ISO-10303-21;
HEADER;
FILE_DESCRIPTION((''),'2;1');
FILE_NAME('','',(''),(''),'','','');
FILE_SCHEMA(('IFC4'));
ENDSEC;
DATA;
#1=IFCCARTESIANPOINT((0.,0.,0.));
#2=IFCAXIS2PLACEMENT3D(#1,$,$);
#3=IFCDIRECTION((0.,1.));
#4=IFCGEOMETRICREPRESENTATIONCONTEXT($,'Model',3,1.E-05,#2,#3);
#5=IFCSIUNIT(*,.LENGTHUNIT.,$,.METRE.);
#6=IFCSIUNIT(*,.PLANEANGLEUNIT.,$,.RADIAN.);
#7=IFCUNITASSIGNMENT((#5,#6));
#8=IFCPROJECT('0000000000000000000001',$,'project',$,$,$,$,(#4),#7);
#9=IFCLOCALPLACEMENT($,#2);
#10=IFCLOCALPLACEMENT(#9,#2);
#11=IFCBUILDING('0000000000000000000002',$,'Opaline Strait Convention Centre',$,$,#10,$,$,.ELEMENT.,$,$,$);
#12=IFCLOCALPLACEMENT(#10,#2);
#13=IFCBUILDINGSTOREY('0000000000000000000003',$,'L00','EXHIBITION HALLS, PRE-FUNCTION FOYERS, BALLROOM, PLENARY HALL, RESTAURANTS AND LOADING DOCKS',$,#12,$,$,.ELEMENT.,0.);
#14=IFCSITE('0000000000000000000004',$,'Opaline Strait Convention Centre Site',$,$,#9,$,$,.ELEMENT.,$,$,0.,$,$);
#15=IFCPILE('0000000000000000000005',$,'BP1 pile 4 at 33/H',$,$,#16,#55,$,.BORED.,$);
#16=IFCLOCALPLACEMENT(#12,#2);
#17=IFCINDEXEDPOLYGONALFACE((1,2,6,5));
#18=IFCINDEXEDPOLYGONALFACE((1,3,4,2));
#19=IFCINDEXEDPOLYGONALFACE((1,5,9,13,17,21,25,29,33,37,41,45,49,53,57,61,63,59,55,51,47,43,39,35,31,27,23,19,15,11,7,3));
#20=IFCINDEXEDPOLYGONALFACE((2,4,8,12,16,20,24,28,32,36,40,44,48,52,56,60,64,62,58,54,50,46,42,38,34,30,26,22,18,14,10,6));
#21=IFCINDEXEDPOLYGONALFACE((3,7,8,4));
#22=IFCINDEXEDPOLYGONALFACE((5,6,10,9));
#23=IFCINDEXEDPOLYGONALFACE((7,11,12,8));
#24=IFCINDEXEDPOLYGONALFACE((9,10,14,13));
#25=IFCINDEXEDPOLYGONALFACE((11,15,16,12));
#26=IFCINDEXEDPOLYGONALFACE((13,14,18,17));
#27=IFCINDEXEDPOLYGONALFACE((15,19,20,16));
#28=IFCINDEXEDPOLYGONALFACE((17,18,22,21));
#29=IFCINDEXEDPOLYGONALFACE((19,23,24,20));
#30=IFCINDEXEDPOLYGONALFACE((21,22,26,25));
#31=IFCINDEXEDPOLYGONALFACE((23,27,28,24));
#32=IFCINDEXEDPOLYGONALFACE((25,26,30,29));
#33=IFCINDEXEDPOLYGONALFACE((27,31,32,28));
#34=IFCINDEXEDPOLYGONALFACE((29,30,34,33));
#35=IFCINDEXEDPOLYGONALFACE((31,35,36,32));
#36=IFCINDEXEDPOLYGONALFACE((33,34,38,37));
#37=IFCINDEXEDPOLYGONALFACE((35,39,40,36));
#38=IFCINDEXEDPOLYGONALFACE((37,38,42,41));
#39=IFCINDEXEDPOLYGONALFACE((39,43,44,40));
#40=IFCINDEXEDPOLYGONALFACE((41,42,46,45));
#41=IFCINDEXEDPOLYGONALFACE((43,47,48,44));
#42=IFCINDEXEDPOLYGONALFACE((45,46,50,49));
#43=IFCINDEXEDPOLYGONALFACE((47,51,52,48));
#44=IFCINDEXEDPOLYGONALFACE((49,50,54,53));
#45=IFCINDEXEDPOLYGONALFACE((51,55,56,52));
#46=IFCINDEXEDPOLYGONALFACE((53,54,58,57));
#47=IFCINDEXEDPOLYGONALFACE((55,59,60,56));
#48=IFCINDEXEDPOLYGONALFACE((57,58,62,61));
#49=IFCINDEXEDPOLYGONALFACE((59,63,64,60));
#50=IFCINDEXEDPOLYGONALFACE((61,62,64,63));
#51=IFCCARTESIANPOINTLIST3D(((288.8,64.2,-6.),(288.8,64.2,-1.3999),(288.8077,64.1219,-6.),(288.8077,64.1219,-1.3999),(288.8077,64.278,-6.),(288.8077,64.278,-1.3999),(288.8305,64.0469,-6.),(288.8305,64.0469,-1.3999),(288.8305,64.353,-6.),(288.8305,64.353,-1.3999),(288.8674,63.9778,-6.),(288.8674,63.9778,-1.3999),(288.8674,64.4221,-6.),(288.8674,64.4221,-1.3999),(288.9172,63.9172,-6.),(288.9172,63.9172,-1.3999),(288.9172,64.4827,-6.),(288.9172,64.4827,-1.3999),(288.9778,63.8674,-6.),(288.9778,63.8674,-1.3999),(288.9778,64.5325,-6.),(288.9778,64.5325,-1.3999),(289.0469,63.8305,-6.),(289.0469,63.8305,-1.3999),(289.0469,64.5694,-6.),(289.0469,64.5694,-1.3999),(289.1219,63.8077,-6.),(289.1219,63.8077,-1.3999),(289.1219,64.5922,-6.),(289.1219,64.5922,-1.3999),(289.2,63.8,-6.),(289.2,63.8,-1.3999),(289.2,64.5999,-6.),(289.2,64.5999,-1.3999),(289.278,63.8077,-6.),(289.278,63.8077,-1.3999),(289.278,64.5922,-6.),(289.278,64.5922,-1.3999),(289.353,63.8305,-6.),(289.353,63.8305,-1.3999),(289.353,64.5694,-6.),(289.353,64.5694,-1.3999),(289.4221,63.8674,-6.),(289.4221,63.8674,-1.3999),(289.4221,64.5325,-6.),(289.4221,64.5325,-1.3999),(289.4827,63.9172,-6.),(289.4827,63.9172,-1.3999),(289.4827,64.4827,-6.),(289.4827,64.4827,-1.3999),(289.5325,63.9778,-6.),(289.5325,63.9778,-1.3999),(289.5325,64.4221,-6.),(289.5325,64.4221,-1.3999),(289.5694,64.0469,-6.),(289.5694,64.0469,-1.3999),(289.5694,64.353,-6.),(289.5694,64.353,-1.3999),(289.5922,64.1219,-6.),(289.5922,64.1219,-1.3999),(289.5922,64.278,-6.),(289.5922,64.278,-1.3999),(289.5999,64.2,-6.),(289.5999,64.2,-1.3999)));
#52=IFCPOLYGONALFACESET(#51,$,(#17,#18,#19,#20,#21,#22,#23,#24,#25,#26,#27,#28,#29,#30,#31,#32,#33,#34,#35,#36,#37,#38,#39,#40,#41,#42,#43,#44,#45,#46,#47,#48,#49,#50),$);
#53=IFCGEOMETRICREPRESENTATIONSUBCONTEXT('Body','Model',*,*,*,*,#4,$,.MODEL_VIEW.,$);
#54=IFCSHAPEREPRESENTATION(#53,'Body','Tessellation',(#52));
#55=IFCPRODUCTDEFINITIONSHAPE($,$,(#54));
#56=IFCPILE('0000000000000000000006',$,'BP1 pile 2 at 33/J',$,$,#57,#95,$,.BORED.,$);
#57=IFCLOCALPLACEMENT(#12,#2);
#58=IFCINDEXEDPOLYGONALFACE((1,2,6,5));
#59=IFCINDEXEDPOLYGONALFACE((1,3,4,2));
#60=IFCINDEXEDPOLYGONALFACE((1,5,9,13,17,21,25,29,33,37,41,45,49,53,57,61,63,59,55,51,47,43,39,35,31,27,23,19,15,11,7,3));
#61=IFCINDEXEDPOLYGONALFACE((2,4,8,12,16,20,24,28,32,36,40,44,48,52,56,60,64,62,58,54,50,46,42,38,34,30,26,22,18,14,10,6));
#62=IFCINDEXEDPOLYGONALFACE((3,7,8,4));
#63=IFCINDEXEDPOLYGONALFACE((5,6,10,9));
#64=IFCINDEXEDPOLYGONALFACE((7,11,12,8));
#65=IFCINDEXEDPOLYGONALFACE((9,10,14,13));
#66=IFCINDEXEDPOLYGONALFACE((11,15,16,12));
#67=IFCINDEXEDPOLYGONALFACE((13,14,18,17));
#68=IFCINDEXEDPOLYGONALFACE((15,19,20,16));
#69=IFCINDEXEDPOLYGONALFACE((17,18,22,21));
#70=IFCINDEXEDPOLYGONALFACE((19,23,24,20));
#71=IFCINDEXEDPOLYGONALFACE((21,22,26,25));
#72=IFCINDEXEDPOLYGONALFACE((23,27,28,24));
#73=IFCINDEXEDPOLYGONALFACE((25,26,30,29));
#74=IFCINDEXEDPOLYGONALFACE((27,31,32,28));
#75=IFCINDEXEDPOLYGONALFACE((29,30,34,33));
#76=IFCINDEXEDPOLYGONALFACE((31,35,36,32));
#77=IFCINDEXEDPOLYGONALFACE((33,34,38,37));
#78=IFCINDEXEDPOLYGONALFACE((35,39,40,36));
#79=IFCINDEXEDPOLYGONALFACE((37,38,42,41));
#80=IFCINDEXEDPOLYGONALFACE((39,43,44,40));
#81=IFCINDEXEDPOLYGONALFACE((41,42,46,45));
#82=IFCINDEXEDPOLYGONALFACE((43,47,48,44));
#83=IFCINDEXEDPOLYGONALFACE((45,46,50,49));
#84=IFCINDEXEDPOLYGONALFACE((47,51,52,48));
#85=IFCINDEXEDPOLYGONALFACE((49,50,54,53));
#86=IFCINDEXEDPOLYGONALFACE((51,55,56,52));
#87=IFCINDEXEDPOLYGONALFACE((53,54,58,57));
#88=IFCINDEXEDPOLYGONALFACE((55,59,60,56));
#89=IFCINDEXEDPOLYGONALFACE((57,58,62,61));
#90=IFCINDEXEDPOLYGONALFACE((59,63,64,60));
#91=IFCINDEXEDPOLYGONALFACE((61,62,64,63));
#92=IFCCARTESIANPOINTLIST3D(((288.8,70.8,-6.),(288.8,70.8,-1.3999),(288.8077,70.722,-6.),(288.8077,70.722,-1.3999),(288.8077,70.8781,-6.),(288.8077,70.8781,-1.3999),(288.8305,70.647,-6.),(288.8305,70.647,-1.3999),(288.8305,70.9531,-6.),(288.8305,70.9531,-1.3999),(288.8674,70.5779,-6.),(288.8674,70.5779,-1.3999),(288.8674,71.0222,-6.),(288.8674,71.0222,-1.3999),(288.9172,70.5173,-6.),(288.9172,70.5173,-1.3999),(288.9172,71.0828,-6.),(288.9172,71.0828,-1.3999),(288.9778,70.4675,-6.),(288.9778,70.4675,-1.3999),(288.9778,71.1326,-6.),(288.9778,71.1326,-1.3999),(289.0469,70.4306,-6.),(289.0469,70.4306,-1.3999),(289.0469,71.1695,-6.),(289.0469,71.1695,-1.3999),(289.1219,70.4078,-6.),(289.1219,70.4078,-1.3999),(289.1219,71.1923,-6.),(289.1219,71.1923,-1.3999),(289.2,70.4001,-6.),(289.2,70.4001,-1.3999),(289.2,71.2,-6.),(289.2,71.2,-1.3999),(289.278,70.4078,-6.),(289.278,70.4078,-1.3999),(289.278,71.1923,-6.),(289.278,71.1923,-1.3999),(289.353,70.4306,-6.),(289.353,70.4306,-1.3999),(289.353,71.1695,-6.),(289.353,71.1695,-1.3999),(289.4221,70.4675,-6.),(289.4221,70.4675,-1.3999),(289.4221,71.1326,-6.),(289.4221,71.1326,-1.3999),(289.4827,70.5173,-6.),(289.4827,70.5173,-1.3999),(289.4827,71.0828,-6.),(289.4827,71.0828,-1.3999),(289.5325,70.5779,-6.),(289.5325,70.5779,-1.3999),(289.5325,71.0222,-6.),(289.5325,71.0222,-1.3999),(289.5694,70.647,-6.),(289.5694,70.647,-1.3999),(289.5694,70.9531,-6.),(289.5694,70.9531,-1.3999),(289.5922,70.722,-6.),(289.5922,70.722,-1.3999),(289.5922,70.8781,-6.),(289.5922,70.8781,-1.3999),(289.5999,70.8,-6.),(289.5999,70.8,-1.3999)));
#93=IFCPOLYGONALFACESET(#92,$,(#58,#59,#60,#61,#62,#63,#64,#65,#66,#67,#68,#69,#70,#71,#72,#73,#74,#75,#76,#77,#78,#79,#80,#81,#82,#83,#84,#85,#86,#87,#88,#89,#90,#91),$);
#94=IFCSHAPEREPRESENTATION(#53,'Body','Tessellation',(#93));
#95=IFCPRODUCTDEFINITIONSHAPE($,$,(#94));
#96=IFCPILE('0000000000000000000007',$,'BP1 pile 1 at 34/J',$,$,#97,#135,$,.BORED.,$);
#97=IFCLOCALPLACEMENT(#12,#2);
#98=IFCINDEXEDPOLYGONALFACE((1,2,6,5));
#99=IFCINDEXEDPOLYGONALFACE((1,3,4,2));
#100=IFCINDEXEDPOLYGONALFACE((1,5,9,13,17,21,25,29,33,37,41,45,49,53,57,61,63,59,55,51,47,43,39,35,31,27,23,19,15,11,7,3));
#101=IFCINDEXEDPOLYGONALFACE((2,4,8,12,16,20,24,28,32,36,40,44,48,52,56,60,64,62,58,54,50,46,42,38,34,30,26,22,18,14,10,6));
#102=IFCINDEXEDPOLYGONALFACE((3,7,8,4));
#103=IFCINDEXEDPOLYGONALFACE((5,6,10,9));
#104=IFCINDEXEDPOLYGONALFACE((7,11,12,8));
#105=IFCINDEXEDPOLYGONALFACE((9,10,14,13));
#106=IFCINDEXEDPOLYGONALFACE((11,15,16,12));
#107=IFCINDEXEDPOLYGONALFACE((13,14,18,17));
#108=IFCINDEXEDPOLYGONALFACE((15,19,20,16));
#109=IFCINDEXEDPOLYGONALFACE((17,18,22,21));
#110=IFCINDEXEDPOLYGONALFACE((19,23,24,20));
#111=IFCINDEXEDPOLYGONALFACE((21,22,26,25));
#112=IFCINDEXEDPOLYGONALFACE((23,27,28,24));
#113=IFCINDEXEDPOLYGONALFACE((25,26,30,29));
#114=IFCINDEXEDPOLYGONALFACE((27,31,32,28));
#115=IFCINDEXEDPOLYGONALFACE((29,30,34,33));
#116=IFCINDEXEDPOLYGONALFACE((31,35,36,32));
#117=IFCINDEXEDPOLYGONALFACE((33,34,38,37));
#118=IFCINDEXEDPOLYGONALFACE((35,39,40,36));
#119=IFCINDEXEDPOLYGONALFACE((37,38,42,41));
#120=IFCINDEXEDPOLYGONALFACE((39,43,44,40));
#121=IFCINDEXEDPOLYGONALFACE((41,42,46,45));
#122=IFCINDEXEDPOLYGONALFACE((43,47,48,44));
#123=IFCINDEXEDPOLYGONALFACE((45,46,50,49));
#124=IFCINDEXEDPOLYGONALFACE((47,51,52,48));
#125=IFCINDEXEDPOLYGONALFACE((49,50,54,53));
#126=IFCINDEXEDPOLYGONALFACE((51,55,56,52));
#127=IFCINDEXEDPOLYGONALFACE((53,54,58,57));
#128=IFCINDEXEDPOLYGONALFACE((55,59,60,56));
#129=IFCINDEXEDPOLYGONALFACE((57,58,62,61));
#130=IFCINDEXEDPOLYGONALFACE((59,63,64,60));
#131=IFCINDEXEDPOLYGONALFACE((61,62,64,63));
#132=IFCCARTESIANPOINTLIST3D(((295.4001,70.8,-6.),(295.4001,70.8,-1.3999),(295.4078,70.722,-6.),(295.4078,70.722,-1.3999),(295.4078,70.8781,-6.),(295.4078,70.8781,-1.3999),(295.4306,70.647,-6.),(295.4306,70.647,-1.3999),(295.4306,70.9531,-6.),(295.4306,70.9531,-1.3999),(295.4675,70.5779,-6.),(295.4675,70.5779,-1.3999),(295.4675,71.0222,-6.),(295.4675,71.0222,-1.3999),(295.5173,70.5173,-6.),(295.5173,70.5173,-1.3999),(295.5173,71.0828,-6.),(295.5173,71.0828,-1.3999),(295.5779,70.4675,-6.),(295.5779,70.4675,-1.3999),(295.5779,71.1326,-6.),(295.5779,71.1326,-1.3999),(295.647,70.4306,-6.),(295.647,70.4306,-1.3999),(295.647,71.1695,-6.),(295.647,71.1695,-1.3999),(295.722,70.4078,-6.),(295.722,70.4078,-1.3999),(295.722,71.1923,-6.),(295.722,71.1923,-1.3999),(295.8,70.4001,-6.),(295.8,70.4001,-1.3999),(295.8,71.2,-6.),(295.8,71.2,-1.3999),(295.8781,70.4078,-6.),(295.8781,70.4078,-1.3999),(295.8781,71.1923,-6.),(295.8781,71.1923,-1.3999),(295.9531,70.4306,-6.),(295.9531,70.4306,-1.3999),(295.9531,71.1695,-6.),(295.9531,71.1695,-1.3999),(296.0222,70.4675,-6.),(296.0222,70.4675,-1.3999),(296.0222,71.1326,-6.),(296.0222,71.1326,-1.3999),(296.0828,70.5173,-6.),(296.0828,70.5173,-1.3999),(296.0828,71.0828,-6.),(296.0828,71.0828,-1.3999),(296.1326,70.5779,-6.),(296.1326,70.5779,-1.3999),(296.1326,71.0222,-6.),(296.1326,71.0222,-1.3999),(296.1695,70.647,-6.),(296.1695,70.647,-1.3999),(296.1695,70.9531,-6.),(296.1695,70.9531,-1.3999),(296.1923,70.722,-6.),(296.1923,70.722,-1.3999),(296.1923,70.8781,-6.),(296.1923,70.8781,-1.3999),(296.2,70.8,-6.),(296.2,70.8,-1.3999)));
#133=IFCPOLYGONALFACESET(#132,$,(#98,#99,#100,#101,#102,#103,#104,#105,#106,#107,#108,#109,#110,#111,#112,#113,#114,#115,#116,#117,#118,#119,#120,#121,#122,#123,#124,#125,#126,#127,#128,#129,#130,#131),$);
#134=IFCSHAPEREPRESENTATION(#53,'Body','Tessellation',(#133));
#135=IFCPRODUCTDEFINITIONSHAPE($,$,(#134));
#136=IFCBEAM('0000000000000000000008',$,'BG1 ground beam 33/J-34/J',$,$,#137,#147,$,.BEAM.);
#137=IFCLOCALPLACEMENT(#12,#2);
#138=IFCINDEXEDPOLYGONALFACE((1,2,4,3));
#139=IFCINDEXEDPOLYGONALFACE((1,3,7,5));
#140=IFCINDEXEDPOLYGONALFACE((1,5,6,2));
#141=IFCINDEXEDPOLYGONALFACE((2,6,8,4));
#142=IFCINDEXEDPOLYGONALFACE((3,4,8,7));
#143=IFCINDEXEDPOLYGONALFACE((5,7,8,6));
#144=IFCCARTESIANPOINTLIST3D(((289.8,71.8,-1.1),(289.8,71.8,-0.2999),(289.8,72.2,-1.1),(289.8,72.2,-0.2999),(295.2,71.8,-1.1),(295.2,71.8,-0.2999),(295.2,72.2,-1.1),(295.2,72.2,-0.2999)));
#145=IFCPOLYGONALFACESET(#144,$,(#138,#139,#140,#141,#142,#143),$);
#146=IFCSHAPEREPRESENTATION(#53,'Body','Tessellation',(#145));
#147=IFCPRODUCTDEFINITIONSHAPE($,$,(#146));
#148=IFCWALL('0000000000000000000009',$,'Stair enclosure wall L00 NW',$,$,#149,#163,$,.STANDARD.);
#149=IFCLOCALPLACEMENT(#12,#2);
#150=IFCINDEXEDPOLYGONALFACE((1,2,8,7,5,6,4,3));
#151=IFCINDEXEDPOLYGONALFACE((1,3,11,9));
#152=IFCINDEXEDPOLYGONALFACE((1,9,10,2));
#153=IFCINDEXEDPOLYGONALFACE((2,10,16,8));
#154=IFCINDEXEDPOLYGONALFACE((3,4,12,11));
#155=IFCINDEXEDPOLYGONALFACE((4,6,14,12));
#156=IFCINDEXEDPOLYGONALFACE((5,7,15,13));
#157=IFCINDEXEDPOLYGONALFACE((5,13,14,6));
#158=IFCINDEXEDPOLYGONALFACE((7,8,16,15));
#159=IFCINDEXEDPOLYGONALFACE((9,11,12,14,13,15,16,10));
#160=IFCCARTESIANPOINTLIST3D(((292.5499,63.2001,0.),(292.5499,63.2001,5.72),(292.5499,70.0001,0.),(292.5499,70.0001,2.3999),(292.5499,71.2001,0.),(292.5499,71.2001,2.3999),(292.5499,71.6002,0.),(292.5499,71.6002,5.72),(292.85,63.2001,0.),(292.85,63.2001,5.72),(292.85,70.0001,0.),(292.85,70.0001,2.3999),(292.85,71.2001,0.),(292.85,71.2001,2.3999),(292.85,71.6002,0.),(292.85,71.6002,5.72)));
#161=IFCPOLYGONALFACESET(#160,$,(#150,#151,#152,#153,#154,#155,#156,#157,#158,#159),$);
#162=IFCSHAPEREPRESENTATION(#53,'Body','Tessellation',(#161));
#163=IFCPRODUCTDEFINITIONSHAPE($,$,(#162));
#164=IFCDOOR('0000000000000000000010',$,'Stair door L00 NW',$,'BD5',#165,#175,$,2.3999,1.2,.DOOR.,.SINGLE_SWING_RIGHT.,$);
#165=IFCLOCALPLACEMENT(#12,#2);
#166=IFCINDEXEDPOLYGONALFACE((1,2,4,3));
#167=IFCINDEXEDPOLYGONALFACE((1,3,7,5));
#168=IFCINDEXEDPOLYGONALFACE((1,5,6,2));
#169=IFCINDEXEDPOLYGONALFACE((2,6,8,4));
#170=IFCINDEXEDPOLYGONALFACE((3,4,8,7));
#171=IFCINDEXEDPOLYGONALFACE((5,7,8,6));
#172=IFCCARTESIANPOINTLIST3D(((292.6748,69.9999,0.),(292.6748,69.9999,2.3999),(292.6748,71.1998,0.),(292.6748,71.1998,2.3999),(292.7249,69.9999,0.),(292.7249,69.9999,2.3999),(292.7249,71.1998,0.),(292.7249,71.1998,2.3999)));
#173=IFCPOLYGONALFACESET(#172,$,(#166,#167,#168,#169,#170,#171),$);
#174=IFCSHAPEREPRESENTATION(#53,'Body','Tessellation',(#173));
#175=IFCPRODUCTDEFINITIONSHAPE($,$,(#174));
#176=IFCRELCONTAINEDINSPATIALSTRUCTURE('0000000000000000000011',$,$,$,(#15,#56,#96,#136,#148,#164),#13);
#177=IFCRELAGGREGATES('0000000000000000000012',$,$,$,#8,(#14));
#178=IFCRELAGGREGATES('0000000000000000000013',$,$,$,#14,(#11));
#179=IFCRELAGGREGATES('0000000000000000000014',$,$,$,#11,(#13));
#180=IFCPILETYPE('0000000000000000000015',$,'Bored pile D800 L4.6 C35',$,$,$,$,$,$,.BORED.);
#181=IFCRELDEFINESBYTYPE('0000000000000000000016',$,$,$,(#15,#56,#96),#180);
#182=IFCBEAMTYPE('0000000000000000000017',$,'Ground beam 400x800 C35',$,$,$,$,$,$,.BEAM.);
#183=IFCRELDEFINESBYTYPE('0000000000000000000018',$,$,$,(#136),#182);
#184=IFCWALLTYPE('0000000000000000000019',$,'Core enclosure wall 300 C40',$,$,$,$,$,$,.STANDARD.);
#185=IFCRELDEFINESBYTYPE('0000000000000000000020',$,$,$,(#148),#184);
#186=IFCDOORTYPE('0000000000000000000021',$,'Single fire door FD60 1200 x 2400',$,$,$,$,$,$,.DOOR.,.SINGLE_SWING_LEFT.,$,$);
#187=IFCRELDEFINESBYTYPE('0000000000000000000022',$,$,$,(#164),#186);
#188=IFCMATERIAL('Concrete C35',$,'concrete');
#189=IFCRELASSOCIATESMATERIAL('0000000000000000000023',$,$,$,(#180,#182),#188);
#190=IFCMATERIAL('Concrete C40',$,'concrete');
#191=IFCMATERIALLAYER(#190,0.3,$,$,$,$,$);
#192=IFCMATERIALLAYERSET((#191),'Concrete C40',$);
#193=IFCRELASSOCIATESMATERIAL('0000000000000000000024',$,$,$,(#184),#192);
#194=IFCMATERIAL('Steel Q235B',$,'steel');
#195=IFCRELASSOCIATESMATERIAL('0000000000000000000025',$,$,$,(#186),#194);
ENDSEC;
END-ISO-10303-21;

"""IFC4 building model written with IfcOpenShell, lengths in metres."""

from ifc_helpers import new_model, si_unit, direction, frame, frame_2d, origin, origin_2d, place, context, subcontext, project, spatial, rectangle, circle, extrude, material, layer, layer_set, material_profile, profile_set, type_object, element, fill, save


model = new_model("IFC4")

# Units and contexts
model_context = context("Model", 3, precision=1e-05, world=origin(), true_north=direction((0.0, 1.0)))
body_context = subcontext(model_context, "Body", "Model", "MODEL_VIEW")
ifc_project = project(units=[si_unit("LENGTHUNIT", "METRE"), si_unit("PLANEANGLEUNIT", "RADIAN")], contexts=[model_context])

# Site, building, storey
site_placement = place(None, origin())
site = spatial("IfcSite", under=ifc_project, at=site_placement, Name="Opaline Strait Convention Centre Site", CompositionType="ELEMENT", RefElevation=0.0)
building_placement = place(site_placement, origin())
building = spatial("IfcBuilding", under=site, at=building_placement, Name="Opaline Strait Convention Centre", CompositionType="ELEMENT")
storey_placement = place(building_placement, origin())
storey = spatial("IfcBuildingStorey", under=building, at=storey_placement, Name="L00", Description="EXHIBITION HALLS, PRE-FUNCTION FOYERS, BALLROOM, PLENARY HALL, RESTAURANTS AND LOADING DOCKS", CompositionType="ELEMENT", Elevation=0.0)

# Piles
ifc_material_1 = material(Name="Concrete C35", Category="concrete")
ifc_material_profile_1 = material_profile(ifc_material_1, circle(Radius=0.3999, at=origin_2d()), Name="D800")
ifc_profile_set_1 = profile_set([ifc_material_profile_1], Name="Concrete C35")
pile_type = type_object("IfcPileType", Name="Bored pile D800 L4.6 C35", PredefinedType="BORED", material=ifc_profile_set_1)
for number, where, z_axis, x_axis, name in (
    (1, (289.2, 64.2, -1.3999), (0.0, 0.0, -1.0), (1.0, 0.0, 0.0), "BP1 pile 4 at 33/H"),
    (2, (289.2, 70.8, -1.3999), (0.0, 0.0, -1.0), (1.0, 0.0, 0.0), "BP1 pile 2 at 33/J"),
    (3, (295.8, 70.8, -1.3999), (0.0, 0.0, -1.0), (1.0, 0.0, 0.0), "BP1 pile 1 at 34/J"),
):
    element("IfcPile", number, at=place(storey_placement, frame(where, z_axis=z_axis, x_axis=x_axis)), inside=storey, type_object=pile_type, Name=name, PredefinedType="BORED", context=body_context, shape_type="SweptSolid", body=[
        extrude(circle(Radius=0.3999, at=origin_2d()), origin(), (0.0, 0.0, 1.0), 4.6001),
    ])

# Beam
ifc_material_profile_2 = material_profile(ifc_material_1, rectangle(XDim=0.3999, YDim=0.8, at=origin_2d()), Name="RC 400x800")
ifc_profile_set_2 = profile_set([ifc_material_profile_2], Name="Concrete C35")
beam_type = type_object("IfcBeamType", Name="Ground beam 400x800 C35", PredefinedType="BEAM", material=ifc_profile_set_2)
beam_placement = place(storey_placement, frame((289.8, 72.0, -0.7), z_axis=(1.0, 0.0, 0.0), x_axis=(0.0, 1.0, 0.0)))
element("IfcBeam", 4, at=beam_placement, inside=storey, type_object=beam_type, Name="BG1 ground beam 33/J-34/J", PredefinedType="BEAM", context=body_context, shape_type="SweptSolid", body=[
    extrude(rectangle(XDim=0.3999, YDim=0.8, at=origin_2d()), origin(), (0.0, 0.0, 1.0), 5.3999),
])

# Wall, opening, door
ifc_material_2 = material(Name="Concrete C40", Category="concrete")
ifc_layer_1 = layer(ifc_material_2, 0.3)
ifc_layer_set_1 = layer_set([ifc_layer_1], Name="Concrete C40")
wall_type_1 = type_object("IfcWallType", Name="Core enclosure wall 300 C40", PredefinedType="STANDARD", material=ifc_layer_set_1)
wall_1_placement = place(storey_placement, frame((292.7, 63.2, 0.0), z_axis=(0.0, 0.0, 1.0), x_axis=(0.0, 1.0, 0.0)))
wall_1 = element("IfcWall", 5, at=wall_1_placement, inside=storey, type_object=wall_type_1, Name="Stair enclosure wall L00 NW", PredefinedType="STANDARD", context=body_context, shape_type="SweptSolid", body=[
    extrude(rectangle(XDim=8.4001, YDim=0.3, at=frame_2d((4.2002, 0.0))), origin(), (0.0, 0.0, 1.0), 5.72),
])
opening_1_placement = place(wall_1_placement, frame((6.8, 0.0, 0.0)))
opening_1 = element("IfcOpeningElement", 6, at=opening_1_placement, cuts=wall_1, PredefinedType="OPENING", context=body_context, shape_type="SweptSolid", body=[
    extrude(rectangle(XDim=1.2, YDim=2.3999, at=frame_2d((0.6001, 1.2))), frame((0.0, 0.1599, 0.0), z_axis=(0.0, -1.0, 0.0), x_axis=(1.0, 0.0, 0.0)), (0.0, 0.0, 1.0), 0.3201),
])
ifc_material_3 = material(Name="Steel Q235B", Category="steel")
door_type_1 = type_object("IfcDoorType", Name="Single fire door FD60 1200 x 2400", OperationType="SINGLE_SWING_LEFT", PredefinedType="DOOR", material=ifc_material_3)
door_1_placement = place(opening_1_placement, frame((1.2, 0.0, 0.0), z_axis=(0.0, 0.0, 1.0), x_axis=(-1.0, 0.0, 0.0)))
door_1 = element("IfcDoor", 7, at=door_1_placement, inside=storey, type_object=door_type_1, Name="Stair door L00 NW", ObjectType="BD5", OperationType="SINGLE_SWING_RIGHT", OverallHeight=2.3999, OverallWidth=1.2, PredefinedType="DOOR", context=body_context, shape_type="SweptSolid", body=[
    extrude(rectangle(XDim=1.2, YDim=2.3999, at=frame_2d((0.6001, 1.2))), frame((0.0, 0.0249, 0.0), z_axis=(0.0, -1.0, 0.0), x_axis=(1.0, 0.0, 0.0)), (0.0, 0.0, 1.0), 0.05),
])
fill(opening_1, door_1)

save(model, "model.ifc")
